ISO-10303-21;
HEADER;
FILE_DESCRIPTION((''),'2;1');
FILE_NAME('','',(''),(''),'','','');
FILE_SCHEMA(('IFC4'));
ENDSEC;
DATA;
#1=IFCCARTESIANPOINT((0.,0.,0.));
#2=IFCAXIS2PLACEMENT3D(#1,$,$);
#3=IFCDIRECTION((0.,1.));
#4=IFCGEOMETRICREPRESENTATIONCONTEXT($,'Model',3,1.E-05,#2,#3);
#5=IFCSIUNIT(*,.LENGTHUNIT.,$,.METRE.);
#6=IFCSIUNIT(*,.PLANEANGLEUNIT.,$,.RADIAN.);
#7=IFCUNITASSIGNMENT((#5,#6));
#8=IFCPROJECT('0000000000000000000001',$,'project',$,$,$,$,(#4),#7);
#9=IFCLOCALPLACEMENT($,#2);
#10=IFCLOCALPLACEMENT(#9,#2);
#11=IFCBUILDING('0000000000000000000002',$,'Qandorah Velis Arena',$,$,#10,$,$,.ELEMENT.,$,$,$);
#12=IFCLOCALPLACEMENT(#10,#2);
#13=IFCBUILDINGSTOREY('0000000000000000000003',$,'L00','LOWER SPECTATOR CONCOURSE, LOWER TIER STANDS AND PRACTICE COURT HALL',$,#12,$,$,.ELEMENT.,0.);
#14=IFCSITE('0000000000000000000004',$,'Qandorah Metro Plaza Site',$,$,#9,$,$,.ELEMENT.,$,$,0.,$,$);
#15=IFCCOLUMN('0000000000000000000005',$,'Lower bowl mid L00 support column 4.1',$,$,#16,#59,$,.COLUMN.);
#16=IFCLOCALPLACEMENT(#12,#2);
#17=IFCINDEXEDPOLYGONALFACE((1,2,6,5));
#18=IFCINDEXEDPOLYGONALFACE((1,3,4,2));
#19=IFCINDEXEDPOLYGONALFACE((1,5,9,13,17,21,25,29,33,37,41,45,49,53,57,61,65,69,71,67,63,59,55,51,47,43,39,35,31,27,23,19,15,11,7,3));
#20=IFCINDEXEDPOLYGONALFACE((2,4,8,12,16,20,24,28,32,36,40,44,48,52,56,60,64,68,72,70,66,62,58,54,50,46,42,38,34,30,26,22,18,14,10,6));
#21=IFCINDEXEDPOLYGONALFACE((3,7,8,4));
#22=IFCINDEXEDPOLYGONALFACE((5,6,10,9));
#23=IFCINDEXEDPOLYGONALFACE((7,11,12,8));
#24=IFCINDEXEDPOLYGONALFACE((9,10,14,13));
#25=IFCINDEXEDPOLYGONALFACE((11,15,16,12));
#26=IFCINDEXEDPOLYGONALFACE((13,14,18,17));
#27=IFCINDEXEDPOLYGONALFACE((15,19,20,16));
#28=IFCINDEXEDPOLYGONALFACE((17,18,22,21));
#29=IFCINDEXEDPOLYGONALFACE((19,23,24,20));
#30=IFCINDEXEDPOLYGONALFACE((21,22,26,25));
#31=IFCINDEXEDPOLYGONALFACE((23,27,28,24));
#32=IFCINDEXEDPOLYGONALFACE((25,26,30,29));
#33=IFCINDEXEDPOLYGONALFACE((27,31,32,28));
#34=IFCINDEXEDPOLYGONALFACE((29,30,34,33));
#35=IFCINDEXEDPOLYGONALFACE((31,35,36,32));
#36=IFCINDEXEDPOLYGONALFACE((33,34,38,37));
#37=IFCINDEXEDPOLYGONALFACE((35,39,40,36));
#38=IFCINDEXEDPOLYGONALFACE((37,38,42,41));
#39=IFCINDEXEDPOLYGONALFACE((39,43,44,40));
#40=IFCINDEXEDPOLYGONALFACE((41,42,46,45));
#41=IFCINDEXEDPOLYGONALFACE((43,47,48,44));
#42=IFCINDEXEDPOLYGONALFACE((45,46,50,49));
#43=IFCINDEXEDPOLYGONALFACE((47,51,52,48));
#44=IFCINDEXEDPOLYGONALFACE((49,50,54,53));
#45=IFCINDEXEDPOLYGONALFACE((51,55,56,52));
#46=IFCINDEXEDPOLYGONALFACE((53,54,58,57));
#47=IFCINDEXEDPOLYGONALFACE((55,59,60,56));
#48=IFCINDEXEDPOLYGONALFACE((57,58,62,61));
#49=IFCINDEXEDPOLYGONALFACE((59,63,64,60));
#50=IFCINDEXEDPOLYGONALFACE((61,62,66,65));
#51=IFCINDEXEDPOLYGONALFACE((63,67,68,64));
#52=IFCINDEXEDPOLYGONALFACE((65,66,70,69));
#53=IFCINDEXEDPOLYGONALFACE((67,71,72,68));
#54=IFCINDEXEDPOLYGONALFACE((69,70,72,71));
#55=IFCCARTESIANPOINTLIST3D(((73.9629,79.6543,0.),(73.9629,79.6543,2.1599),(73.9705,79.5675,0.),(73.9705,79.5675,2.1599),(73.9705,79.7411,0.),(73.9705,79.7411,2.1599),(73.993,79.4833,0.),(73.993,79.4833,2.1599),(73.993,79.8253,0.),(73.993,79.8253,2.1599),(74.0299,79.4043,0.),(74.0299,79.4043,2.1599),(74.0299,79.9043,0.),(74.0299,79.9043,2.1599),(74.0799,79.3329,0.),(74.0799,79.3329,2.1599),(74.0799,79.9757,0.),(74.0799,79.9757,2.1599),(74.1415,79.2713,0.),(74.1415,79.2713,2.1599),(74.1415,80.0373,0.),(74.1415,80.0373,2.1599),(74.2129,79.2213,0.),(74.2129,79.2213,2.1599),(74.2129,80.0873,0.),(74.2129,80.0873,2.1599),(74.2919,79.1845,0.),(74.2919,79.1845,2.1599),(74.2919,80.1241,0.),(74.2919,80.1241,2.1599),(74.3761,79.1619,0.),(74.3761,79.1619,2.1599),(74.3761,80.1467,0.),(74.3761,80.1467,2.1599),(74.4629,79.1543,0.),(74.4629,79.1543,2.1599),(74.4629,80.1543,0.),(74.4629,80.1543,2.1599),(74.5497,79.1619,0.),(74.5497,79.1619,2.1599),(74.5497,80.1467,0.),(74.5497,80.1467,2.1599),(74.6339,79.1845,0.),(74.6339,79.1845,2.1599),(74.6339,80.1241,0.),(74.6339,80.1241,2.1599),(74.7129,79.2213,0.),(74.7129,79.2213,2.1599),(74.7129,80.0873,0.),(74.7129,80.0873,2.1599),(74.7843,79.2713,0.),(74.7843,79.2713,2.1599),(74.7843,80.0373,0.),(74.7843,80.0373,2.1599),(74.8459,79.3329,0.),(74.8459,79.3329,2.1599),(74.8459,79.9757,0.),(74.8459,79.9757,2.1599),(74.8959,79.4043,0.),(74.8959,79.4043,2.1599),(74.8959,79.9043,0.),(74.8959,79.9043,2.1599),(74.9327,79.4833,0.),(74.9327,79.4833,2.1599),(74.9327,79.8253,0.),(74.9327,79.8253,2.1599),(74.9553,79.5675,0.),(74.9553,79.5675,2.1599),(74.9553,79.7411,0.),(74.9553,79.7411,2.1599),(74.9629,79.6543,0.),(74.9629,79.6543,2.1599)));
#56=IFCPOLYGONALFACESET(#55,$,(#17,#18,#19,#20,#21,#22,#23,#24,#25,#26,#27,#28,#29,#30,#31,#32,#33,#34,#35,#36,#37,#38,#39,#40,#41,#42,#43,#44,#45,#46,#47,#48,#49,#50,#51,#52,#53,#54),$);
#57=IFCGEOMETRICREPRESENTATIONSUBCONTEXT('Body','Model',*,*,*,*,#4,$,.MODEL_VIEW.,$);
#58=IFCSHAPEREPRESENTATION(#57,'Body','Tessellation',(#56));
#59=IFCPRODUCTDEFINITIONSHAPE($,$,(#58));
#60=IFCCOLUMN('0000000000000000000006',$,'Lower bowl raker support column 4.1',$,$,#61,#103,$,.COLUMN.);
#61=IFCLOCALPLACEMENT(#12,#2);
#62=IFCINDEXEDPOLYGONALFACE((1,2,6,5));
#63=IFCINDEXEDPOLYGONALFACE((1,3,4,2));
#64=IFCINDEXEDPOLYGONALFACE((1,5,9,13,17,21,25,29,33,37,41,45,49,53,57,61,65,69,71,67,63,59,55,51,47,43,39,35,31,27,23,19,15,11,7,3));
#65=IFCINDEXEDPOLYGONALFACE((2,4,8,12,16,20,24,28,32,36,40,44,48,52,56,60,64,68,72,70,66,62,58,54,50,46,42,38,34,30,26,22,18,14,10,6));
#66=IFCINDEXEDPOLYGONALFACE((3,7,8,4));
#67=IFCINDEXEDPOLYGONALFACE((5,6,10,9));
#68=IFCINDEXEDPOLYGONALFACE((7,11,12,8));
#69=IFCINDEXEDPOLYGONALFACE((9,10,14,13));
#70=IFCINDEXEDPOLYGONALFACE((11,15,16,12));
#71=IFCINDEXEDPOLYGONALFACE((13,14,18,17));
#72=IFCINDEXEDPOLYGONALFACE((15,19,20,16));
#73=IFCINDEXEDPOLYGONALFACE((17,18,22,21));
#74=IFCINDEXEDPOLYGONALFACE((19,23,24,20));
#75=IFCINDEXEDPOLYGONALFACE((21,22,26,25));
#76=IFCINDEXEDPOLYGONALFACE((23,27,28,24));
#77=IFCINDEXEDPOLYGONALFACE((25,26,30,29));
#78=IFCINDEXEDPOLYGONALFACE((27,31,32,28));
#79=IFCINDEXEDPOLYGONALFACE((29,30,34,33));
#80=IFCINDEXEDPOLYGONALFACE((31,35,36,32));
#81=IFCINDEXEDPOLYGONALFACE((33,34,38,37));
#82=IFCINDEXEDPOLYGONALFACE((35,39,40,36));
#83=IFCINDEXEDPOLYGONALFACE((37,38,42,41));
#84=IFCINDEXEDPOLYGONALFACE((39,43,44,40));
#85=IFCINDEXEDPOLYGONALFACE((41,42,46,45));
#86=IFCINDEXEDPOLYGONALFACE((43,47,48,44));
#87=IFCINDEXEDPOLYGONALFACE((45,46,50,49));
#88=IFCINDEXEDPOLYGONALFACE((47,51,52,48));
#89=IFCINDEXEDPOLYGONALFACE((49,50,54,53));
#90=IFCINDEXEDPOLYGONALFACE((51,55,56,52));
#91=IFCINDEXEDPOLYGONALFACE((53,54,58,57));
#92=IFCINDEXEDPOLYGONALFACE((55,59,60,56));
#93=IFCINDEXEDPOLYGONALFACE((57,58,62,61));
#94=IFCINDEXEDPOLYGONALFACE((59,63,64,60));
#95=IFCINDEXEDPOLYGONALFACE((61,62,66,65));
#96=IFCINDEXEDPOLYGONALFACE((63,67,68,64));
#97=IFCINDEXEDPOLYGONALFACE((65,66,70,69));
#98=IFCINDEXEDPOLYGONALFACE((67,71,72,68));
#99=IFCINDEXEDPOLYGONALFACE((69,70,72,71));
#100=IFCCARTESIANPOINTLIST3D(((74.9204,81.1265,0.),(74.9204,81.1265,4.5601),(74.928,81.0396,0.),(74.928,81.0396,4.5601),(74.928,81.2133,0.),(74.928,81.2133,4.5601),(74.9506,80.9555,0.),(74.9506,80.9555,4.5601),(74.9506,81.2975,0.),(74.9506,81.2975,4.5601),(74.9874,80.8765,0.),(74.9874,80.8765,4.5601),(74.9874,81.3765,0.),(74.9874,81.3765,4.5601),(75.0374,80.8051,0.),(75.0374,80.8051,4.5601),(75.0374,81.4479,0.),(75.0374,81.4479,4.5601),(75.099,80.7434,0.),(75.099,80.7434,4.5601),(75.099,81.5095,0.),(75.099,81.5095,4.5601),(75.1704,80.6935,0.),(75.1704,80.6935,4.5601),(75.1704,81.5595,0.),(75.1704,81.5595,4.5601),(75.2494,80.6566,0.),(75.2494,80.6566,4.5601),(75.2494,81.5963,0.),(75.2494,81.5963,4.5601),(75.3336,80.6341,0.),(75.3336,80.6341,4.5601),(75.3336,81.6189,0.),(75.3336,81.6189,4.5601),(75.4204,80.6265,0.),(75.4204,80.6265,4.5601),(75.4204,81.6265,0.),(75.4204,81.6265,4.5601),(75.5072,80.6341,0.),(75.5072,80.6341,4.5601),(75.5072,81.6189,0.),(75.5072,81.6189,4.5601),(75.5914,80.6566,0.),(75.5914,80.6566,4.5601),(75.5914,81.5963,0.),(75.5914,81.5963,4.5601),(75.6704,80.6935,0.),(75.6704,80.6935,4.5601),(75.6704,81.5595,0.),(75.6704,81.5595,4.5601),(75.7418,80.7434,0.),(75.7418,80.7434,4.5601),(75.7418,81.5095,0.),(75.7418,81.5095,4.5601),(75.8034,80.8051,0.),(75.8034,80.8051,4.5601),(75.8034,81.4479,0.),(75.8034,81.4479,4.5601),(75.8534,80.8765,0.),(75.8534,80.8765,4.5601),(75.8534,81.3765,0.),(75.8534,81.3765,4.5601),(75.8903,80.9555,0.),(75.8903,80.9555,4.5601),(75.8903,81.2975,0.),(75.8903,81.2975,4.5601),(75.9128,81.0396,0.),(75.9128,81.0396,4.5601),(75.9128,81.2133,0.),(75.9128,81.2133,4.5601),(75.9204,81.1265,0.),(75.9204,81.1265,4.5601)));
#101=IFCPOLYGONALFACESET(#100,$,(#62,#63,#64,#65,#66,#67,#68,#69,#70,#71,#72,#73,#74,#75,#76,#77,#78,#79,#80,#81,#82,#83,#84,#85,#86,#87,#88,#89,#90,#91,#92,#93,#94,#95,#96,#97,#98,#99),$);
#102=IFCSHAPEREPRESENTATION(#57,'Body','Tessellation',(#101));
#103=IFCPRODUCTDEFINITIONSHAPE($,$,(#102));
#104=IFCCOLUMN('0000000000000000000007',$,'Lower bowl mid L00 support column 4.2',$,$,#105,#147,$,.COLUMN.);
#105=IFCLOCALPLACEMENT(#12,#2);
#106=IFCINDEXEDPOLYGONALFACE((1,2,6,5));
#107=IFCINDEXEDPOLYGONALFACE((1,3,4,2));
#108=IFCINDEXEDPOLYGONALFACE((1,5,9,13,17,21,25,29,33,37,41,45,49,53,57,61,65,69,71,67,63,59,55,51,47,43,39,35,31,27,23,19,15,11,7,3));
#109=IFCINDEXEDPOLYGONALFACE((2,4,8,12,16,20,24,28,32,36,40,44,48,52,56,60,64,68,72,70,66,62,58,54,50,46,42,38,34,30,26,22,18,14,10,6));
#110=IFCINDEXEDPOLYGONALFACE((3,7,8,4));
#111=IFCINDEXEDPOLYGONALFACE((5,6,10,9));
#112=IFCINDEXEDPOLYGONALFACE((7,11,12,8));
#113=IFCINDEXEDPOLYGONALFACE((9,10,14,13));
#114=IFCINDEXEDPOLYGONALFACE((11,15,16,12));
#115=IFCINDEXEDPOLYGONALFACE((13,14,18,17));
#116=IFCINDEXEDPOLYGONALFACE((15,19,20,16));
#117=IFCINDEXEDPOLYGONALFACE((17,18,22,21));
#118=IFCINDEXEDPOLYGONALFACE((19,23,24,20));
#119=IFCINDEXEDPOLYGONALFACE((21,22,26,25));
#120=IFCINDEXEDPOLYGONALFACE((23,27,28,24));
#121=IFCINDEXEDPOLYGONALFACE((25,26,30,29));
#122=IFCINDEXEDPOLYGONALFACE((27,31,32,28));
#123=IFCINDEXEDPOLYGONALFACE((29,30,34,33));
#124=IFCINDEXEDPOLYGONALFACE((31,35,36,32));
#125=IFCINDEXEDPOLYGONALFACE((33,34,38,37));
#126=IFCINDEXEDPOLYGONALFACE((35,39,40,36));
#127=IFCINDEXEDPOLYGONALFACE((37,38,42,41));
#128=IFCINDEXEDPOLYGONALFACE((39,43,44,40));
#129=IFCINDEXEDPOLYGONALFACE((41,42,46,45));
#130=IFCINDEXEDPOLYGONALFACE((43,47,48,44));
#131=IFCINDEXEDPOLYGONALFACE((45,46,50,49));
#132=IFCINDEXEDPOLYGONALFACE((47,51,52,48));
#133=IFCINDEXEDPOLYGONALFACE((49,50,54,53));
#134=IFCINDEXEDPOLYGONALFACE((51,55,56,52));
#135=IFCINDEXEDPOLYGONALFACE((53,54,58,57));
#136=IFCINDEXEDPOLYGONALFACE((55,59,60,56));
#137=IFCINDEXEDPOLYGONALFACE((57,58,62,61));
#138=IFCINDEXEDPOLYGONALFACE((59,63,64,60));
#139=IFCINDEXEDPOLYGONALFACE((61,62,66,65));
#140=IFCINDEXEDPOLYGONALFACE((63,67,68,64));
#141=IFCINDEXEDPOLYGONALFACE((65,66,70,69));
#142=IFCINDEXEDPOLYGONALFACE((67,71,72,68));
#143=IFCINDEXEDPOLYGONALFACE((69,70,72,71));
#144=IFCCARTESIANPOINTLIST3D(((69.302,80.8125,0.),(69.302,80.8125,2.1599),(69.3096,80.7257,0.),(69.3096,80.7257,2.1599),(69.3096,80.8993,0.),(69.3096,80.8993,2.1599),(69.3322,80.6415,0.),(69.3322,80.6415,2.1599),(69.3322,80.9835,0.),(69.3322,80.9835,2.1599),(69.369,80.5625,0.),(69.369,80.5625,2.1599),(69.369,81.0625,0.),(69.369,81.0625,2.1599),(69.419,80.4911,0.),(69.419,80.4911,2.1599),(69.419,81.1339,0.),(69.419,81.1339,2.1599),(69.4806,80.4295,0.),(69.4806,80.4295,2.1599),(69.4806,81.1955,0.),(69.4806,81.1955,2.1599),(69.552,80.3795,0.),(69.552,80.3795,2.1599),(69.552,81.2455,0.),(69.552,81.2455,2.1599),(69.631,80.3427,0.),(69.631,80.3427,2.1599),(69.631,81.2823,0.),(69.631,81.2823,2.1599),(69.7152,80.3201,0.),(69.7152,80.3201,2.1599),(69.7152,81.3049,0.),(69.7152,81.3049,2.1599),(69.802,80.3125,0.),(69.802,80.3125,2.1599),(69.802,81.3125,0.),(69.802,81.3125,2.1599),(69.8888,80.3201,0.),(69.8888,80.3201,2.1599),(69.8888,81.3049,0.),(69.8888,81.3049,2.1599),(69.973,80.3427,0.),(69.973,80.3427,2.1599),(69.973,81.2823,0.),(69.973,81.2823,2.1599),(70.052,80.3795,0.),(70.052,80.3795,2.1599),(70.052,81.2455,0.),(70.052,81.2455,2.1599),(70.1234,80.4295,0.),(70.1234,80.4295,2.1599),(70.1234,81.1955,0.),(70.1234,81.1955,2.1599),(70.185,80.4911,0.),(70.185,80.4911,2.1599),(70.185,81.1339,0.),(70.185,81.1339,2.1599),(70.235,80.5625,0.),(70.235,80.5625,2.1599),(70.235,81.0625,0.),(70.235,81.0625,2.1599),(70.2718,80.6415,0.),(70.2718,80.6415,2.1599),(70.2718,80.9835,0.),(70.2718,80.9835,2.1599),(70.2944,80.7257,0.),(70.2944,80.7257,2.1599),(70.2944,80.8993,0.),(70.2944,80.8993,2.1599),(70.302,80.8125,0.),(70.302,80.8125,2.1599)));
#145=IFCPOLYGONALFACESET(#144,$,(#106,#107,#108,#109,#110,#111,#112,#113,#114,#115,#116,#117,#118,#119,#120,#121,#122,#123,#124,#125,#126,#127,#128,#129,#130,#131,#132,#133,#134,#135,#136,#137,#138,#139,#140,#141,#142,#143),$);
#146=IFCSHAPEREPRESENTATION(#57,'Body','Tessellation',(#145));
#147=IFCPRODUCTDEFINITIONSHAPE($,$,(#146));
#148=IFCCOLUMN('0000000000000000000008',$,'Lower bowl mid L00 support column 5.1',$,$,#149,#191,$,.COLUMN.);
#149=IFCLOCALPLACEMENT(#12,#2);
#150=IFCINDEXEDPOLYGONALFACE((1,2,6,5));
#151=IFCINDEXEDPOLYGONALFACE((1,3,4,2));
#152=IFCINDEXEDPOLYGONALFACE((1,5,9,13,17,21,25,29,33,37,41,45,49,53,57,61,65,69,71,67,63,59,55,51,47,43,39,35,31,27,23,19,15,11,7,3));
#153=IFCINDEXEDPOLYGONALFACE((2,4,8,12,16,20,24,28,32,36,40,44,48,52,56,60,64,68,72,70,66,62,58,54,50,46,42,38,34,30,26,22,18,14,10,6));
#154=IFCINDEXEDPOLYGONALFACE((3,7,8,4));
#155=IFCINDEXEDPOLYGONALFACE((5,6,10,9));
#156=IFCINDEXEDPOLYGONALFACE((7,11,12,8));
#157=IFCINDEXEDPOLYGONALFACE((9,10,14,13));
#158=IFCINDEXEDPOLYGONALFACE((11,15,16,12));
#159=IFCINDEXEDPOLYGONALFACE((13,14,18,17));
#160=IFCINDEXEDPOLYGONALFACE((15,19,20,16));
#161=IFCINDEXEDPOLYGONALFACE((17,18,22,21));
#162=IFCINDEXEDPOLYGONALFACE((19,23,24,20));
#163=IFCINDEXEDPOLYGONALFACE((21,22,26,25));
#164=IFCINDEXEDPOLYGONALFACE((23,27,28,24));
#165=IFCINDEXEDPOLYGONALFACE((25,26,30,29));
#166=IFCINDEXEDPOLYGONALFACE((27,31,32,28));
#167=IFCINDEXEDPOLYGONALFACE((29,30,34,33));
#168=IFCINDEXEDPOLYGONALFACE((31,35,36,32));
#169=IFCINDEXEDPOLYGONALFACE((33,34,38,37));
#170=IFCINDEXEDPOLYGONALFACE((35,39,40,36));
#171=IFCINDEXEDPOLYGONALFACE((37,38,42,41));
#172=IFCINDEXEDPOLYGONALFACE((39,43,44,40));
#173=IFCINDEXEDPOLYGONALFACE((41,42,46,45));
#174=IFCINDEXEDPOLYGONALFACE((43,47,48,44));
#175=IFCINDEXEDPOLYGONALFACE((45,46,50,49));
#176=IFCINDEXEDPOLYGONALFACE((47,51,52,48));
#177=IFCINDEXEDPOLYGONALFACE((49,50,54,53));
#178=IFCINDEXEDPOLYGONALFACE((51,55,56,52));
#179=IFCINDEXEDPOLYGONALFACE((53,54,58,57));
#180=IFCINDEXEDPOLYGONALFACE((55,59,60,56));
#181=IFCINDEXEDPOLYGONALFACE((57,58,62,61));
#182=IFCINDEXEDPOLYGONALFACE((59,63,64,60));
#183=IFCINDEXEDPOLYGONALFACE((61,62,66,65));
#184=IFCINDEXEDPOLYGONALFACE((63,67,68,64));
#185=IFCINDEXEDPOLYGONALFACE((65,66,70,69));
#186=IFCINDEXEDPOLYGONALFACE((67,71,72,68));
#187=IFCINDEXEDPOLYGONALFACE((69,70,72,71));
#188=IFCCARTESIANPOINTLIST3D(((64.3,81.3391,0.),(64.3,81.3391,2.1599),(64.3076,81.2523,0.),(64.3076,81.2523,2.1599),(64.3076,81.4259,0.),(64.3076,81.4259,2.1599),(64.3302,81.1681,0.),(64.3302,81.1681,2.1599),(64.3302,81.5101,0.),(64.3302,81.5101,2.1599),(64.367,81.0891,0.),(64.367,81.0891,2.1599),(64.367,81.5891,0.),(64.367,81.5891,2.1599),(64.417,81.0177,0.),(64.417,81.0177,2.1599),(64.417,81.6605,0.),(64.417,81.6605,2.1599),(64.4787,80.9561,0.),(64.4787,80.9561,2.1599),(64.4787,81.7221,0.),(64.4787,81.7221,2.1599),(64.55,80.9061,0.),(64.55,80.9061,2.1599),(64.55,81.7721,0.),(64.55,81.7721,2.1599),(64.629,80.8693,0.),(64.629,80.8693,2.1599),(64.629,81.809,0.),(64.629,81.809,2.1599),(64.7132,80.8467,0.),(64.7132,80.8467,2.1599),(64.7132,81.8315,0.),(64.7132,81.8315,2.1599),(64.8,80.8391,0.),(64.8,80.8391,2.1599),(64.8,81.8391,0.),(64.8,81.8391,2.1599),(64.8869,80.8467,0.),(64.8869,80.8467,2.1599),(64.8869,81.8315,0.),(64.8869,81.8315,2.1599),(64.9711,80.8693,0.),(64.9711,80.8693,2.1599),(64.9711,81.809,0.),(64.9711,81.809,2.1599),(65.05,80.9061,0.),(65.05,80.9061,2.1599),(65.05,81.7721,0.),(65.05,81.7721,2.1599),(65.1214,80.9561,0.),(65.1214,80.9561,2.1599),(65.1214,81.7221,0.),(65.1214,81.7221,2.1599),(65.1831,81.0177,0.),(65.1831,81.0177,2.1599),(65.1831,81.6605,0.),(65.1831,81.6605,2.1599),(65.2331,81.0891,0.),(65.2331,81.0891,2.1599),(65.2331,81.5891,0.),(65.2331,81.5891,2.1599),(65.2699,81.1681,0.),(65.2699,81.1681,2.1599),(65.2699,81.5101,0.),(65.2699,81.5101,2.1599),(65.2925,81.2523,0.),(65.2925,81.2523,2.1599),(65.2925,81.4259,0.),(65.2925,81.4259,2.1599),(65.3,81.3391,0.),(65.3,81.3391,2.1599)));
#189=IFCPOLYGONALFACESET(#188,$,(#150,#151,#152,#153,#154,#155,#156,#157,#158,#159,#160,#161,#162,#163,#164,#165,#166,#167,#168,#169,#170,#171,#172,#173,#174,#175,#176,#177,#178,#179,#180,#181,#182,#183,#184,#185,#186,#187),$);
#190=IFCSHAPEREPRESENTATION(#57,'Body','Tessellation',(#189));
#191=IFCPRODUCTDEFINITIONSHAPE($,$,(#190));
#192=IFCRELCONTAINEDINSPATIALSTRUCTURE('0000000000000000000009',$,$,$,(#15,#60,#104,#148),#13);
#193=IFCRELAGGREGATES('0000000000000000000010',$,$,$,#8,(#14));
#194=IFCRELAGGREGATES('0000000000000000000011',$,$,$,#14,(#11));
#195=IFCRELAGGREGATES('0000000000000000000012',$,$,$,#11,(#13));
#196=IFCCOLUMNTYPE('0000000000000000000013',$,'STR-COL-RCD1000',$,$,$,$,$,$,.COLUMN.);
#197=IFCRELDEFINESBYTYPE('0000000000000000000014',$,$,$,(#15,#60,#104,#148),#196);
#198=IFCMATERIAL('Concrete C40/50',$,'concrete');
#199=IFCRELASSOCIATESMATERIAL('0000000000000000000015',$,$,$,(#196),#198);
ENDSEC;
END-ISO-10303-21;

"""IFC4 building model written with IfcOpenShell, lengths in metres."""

from ifc_helpers import new_model, si_unit, direction, frame, origin, origin_2d, place, context, subcontext, project, spatial, circle, extrude, material, material_profile, profile_set, type_object, element, save


model = new_model("IFC4")

# Units and contexts
model_context = context("Model", 3, precision=1e-05, world=origin(), true_north=direction((0.0, 1.0)))
body_context = subcontext(model_context, "Body", "Model", "MODEL_VIEW")
ifc_project = project(units=[si_unit("LENGTHUNIT", "METRE"), si_unit("PLANEANGLEUNIT", "RADIAN")], contexts=[model_context])

# Site, building, storey
site_placement = place(None, origin())
site = spatial("IfcSite", under=ifc_project, at=site_placement, Name="Qandorah Metro Plaza Site", CompositionType="ELEMENT", RefElevation=0.0)
building_placement = place(site_placement, origin())
building = spatial("IfcBuilding", under=site, at=building_placement, Name="Qandorah Velis Arena", CompositionType="ELEMENT")
storey_placement = place(building_placement, origin())
storey = spatial("IfcBuildingStorey", under=building, at=storey_placement, Name="L00", Description="LOWER SPECTATOR CONCOURSE, LOWER TIER STANDS AND PRACTICE COURT HALL", CompositionType="ELEMENT", Elevation=0.0)

# Columns
ifc_material_1 = material(Name="Concrete C40/50", Category="concrete")
ifc_material_profile_1 = material_profile(ifc_material_1, circle(Radius=0.5, at=origin_2d()), Name="RC D1000")
ifc_profile_set_1 = profile_set([ifc_material_profile_1], Name="Concrete C40/50")
column_type = type_object("IfcColumnType", Name="STR-COL-RCD1000", PredefinedType="COLUMN", material=ifc_profile_set_1)
column_1_placement = place(storey_placement, frame((74.4629, 79.6543, 0.0), z_axis=(0.0, 0.0, 1.0), x_axis=(1.0, 0.0, 0.0)))
element("IfcColumn", 1, at=column_1_placement, inside=storey, type_object=column_type, Name="Lower bowl mid L00 support column 4.1", PredefinedType="COLUMN", context=body_context, shape_type="SweptSolid", body=[
    extrude(circle(Radius=0.5, at=origin_2d()), origin(), (0.0, 0.0, 1.0), 2.1599),
])
column_2_placement = place(storey_placement, frame((75.4204, 81.1265, 0.0), z_axis=(0.0, 0.0, 1.0), x_axis=(1.0, 0.0, 0.0)))
element("IfcColumn", 2, at=column_2_placement, inside=storey, type_object=column_type, Name="Lower bowl raker support column 4.1", PredefinedType="COLUMN", context=body_context, shape_type="SweptSolid", body=[
    extrude(circle(Radius=0.5, at=origin_2d()), origin(), (0.0, 0.0, 1.0), 4.5601),
])
for number, where, z_axis, x_axis, name in (
    (3, (69.802, 80.8125, 0.0), (0.0, 0.0, 1.0), (1.0, 0.0, 0.0), "Lower bowl mid L00 support column 4.2"),
    (4, (64.8, 81.3391, 0.0), (0.0, 0.0, 1.0), (1.0, 0.0, 0.0), "Lower bowl mid L00 support column 5.1"),
):
    element("IfcColumn", number, at=place(storey_placement, frame(where, z_axis=z_axis, x_axis=x_axis)), inside=storey, type_object=column_type, Name=name, PredefinedType="COLUMN", context=body_context, shape_type="SweptSolid", body=[
        extrude(circle(Radius=0.5, at=origin_2d()), origin(), (0.0, 0.0, 1.0), 2.1599),
    ])

save(model, "model.ifc")
